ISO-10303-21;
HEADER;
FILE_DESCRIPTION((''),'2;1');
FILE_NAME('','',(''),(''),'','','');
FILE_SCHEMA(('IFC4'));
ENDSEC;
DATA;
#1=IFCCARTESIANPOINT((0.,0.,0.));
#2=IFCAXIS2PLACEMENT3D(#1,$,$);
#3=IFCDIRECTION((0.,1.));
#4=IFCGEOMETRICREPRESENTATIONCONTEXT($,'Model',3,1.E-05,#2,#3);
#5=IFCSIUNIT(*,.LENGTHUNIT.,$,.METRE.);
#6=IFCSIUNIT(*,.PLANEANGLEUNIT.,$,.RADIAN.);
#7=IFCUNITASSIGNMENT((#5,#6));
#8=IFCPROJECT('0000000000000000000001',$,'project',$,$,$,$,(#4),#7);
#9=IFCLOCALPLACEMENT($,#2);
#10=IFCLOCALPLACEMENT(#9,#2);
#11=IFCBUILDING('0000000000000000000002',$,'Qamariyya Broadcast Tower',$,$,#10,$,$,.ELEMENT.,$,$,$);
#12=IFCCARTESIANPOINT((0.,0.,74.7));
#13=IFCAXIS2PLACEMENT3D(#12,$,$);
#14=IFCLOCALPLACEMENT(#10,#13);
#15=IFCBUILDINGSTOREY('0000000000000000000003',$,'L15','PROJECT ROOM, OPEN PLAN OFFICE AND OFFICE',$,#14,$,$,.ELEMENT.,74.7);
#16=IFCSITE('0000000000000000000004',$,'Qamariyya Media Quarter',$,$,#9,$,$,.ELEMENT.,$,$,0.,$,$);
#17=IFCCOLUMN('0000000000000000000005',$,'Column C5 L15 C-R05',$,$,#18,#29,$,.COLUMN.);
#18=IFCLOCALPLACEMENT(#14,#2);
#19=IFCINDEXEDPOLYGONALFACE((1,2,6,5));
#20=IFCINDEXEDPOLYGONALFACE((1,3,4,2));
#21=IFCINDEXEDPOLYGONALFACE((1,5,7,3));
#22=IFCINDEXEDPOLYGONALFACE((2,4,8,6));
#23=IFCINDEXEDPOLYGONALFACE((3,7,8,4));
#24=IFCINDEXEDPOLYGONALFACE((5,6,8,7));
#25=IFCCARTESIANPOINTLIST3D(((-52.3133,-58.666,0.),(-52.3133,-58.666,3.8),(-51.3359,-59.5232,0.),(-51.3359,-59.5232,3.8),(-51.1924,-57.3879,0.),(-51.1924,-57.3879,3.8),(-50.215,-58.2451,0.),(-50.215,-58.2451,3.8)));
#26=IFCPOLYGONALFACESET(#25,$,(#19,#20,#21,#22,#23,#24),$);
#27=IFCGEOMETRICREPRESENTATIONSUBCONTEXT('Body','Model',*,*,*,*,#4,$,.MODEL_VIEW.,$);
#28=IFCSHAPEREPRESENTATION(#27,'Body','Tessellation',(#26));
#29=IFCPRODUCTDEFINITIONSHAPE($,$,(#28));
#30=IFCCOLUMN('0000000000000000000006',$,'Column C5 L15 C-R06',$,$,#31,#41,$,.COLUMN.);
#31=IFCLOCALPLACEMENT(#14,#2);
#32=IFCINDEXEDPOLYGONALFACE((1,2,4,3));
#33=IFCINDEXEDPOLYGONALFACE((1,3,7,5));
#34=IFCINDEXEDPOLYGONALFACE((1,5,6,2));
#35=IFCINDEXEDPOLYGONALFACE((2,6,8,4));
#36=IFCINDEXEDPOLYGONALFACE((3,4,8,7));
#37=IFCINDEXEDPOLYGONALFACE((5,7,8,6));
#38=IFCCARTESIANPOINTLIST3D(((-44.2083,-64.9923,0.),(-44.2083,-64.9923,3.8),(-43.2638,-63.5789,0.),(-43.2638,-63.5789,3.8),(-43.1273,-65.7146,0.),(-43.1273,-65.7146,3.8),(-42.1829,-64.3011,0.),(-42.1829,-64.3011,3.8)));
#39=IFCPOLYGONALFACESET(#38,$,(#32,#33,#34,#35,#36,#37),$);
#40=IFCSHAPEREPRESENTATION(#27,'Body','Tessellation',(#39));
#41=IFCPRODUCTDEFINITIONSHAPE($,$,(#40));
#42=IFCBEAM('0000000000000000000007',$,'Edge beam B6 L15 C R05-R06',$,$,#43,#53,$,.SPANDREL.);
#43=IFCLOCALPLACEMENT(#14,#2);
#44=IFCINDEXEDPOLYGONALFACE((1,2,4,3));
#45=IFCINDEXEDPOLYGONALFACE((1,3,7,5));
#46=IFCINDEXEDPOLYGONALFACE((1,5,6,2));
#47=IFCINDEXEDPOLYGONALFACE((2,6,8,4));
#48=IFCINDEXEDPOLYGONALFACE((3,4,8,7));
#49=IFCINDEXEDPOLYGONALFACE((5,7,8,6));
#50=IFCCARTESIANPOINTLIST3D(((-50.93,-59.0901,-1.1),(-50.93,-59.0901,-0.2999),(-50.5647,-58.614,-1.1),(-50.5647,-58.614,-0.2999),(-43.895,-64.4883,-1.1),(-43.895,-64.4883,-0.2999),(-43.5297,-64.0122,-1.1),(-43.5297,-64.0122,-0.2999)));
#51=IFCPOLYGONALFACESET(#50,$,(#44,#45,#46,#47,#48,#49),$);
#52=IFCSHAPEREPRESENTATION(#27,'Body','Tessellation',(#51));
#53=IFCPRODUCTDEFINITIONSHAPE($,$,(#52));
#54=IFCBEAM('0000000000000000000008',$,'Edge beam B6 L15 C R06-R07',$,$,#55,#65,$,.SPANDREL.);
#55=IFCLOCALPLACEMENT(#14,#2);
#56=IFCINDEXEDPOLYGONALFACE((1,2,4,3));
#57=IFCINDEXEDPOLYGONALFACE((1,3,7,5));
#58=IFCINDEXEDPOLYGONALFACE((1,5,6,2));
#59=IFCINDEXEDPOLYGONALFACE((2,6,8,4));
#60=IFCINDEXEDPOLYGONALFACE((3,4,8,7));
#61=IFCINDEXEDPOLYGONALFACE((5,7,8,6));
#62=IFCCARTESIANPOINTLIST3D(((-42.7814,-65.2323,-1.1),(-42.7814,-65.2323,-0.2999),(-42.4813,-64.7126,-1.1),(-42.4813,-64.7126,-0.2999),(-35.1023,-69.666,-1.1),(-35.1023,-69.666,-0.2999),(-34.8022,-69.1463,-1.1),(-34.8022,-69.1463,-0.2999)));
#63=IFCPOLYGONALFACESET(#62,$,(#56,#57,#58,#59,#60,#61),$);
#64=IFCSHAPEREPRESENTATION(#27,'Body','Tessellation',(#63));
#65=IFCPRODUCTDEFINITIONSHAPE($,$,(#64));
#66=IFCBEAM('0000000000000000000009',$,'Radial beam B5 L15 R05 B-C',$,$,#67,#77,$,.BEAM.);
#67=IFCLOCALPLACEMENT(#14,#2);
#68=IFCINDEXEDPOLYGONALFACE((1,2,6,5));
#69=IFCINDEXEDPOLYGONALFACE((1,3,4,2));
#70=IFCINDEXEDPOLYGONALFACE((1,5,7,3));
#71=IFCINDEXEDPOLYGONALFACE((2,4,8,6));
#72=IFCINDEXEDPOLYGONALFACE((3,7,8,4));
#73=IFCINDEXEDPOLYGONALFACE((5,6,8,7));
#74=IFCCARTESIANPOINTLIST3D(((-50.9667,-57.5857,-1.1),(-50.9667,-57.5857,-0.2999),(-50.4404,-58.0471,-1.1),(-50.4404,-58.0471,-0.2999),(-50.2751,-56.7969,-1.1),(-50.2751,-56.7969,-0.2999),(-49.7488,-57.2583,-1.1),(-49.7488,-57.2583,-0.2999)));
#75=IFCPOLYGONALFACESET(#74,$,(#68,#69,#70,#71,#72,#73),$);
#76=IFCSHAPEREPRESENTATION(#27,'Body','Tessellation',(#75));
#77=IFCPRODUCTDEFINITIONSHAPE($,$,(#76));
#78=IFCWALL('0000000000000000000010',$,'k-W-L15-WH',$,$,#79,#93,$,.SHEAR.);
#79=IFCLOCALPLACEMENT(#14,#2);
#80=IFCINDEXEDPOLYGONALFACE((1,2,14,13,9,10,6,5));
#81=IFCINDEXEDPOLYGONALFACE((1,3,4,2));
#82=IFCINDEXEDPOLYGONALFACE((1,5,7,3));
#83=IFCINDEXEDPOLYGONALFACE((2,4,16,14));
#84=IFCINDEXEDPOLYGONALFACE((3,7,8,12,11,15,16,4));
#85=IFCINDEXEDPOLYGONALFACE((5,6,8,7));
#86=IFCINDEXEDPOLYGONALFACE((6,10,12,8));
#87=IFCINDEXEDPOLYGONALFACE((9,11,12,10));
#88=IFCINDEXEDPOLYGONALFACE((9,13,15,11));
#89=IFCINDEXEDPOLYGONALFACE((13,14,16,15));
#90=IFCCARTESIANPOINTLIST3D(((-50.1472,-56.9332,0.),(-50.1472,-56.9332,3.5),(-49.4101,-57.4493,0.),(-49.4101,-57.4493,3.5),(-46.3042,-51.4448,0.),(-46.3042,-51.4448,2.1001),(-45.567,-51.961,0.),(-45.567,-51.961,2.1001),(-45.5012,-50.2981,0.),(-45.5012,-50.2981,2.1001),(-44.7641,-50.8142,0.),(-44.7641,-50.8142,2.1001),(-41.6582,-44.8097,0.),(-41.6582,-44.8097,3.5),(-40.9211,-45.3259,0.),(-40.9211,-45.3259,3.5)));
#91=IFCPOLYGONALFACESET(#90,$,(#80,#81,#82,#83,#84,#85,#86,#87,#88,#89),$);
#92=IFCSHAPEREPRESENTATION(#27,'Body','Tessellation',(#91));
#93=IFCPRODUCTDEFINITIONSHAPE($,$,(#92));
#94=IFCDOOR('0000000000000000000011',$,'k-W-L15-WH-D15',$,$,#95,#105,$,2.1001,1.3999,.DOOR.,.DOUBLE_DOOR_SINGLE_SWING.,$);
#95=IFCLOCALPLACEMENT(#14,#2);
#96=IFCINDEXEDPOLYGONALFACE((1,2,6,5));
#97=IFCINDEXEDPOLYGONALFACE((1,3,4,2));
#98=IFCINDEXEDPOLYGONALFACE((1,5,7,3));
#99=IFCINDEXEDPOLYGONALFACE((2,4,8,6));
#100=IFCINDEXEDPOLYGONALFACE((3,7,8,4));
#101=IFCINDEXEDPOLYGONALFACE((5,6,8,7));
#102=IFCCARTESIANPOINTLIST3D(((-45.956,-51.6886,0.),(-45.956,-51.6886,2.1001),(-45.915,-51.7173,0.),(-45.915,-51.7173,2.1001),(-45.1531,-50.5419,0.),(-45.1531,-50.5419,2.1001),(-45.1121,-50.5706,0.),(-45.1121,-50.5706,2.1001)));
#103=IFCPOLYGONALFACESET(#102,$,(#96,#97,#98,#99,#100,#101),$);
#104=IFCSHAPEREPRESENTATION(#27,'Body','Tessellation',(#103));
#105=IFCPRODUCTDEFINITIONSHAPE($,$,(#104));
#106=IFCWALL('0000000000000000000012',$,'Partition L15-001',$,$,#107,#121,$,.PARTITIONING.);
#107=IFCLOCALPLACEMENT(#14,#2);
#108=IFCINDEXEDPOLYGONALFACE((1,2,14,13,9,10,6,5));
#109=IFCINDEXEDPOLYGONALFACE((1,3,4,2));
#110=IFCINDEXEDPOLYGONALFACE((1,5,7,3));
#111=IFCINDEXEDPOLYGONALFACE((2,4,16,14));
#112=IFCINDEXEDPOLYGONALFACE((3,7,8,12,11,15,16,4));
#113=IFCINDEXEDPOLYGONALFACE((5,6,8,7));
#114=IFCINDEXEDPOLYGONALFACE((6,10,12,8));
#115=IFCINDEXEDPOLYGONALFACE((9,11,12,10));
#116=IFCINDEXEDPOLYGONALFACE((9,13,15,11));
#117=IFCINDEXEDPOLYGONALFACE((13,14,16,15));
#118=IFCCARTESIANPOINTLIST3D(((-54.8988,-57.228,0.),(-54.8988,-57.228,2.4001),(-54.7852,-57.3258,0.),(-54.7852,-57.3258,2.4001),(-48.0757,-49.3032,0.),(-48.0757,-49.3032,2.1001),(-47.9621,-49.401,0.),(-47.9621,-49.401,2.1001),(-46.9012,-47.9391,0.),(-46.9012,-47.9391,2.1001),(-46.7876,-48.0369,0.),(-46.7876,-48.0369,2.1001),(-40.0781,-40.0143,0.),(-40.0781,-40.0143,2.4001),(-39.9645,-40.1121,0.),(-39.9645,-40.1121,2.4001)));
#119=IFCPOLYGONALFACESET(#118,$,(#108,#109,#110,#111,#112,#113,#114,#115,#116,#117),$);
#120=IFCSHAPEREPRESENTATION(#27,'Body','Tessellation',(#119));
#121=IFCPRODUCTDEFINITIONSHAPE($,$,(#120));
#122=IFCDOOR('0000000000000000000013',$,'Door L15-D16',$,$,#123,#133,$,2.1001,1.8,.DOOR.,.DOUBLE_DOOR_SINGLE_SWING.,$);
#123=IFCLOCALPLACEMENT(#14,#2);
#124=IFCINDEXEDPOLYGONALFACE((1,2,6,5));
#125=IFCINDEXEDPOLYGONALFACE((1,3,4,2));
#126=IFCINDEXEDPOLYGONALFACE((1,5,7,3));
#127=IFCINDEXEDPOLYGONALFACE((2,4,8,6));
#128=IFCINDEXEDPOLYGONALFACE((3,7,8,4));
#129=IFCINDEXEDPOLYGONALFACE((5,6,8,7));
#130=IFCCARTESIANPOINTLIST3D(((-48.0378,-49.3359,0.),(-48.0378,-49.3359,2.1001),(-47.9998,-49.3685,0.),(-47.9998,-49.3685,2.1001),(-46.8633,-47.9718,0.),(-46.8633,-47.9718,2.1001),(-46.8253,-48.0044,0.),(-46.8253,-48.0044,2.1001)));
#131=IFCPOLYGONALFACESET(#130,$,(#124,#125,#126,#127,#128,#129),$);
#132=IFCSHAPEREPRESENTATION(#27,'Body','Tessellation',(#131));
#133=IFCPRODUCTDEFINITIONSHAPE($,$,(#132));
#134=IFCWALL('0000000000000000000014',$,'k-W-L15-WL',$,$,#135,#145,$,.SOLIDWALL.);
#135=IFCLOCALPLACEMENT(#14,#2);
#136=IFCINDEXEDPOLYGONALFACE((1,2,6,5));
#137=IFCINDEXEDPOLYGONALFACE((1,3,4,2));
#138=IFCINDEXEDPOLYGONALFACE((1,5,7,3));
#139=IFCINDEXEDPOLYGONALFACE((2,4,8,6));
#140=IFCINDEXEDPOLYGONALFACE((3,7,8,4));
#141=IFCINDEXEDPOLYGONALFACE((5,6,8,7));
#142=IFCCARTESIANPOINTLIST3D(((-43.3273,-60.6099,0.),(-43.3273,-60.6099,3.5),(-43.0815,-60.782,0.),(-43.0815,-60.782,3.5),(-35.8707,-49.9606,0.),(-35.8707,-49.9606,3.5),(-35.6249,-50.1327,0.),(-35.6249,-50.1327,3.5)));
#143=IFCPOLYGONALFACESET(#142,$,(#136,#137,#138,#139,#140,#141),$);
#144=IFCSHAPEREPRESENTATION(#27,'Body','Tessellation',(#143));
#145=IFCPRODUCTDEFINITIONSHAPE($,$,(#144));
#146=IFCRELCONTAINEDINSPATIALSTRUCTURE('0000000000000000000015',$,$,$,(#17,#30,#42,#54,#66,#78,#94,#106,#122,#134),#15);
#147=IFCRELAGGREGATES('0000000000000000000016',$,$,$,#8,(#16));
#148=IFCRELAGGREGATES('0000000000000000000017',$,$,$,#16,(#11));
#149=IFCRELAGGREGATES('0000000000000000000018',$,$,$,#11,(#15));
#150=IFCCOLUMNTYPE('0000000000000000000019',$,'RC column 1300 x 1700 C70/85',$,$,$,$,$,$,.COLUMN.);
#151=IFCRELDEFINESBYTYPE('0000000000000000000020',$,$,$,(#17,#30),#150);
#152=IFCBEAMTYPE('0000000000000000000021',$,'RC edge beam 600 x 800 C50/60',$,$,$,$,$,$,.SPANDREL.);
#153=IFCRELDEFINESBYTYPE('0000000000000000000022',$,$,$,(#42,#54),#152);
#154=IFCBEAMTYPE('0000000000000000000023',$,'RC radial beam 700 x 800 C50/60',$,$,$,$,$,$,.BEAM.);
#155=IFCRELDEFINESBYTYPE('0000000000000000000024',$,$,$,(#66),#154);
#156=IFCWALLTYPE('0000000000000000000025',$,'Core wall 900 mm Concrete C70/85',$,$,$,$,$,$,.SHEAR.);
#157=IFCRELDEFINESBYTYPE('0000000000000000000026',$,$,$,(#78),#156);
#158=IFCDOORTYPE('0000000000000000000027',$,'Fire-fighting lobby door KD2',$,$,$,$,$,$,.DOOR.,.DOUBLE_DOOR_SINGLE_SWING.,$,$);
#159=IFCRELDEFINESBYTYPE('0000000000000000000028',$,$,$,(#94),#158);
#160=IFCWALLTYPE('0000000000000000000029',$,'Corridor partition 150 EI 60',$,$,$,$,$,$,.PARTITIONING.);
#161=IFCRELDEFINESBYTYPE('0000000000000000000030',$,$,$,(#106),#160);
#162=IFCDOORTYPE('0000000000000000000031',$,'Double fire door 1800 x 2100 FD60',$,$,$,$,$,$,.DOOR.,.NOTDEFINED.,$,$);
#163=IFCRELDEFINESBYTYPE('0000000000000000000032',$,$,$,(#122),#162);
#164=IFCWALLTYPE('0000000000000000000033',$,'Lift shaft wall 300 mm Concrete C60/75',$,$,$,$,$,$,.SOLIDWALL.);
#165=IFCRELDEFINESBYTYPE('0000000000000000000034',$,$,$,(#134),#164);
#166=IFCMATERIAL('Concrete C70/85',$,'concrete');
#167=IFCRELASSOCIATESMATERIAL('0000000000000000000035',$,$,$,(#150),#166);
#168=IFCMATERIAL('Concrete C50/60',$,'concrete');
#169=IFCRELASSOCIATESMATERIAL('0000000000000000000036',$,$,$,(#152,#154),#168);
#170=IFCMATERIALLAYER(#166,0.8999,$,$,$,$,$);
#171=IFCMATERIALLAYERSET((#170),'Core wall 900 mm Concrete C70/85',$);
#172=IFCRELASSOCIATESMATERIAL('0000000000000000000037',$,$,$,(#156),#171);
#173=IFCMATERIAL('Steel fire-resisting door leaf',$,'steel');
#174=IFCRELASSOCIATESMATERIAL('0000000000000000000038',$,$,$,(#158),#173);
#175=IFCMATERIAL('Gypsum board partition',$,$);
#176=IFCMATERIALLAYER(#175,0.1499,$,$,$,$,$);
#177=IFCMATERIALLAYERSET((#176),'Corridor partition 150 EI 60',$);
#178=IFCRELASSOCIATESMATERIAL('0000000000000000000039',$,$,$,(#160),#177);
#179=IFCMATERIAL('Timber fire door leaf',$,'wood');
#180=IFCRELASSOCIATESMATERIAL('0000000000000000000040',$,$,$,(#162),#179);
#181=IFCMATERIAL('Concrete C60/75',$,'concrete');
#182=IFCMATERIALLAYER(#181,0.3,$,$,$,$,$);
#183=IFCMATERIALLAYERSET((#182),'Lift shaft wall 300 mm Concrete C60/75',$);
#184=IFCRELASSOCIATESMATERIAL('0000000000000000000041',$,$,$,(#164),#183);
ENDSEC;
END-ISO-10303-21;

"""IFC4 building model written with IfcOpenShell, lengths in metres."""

from ifc_helpers import new_model, si_unit, direction, frame, frame_2d, origin, origin_2d, place, context, subcontext, project, spatial, rectangle, extrude, material, layer, layer_set, material_profile, profile_set, type_object, element, fill, save


model = new_model("IFC4")

# Units and contexts
model_context = context("Model", 3, precision=1e-05, world=origin(), true_north=direction((0.0, 1.0)))
body_context = subcontext(model_context, "Body", "Model", "MODEL_VIEW")
ifc_project = project(units=[si_unit("LENGTHUNIT", "METRE"), si_unit("PLANEANGLEUNIT", "RADIAN")], contexts=[model_context])

# Site, building, storey
site_placement = place(None, origin())
site = spatial("IfcSite", under=ifc_project, at=site_placement, Name="Qamariyya Media Quarter", CompositionType="ELEMENT", RefElevation=0.0)
building_placement = place(site_placement, origin())
building = spatial("IfcBuilding", under=site, at=building_placement, Name="Qamariyya Broadcast Tower", CompositionType="ELEMENT")
storey_placement = place(building_placement, frame((0.0, 0.0, 74.7)))
storey = spatial("IfcBuildingStorey", under=building, at=storey_placement, Name="L15", Description="PROJECT ROOM, OPEN PLAN OFFICE AND OFFICE", CompositionType="ELEMENT", Elevation=74.7)

# Columns
ifc_material_1 = material(Name="Concrete C70/85", Category="concrete")
ifc_material_profile_1 = material_profile(ifc_material_1, rectangle(XDim=1.3, YDim=1.7, at=origin_2d()))
ifc_profile_set_1 = profile_set([ifc_material_profile_1], Name="Concrete C70/85")
column_type = type_object("IfcColumnType", Name="RC column 1300 x 1700 C70/85", PredefinedType="COLUMN", material=ifc_profile_set_1)
for number, where, z_axis, x_axis, name in (
    (1, (-51.2642, -58.4556, 0.0), (0.0, 0.0, 1.0), (0.75184, -0.659346, 0.0), "Column C5 L15 C-R05"),
    (2, (-43.1956, -64.6467, 0.0), (0.0, 0.0, 1.0), (0.83147, -0.55557, 0.0), "Column C5 L15 C-R06"),
):
    element("IfcColumn", number, at=place(storey_placement, frame(where, z_axis=z_axis, x_axis=x_axis)), inside=storey, type_object=column_type, Name=name, PredefinedType="COLUMN", context=body_context, shape_type="SweptSolid", body=[
        extrude(rectangle(XDim=1.3, YDim=1.7, at=origin_2d()), origin(), (0.0, 0.0, 1.0), 3.8),
    ])

# Beams
ifc_material_2 = material(Name="Concrete C50/60", Category="concrete")
ifc_material_profile_2 = material_profile(ifc_material_2, rectangle(XDim=0.6001, YDim=0.8, at=origin_2d()))
ifc_profile_set_2 = profile_set([ifc_material_profile_2], Name="Concrete C50/60")
beam_type_1 = type_object("IfcBeamType", Name="RC edge beam 600 x 800 C50/60", PredefinedType="SPANDREL", material=ifc_profile_set_2)
beam_1_placement = place(storey_placement, frame((-50.7473, -58.8521, -0.7), z_axis=(0.793347, -0.60877, 0.0), x_axis=(0.60877, 0.793347, 0.0)))
element("IfcBeam", 3, at=beam_1_placement, inside=storey, type_object=beam_type_1, Name="Edge beam B6 L15 C R05-R06", PredefinedType="SPANDREL", context=body_context, shape_type="SweptSolid", body=[
    extrude(rectangle(XDim=0.6001, YDim=0.8, at=origin_2d()), origin(), (0.0, 0.0, 1.0), 8.8674),
])
beam_2_placement = place(storey_placement, frame((-42.6313, -64.9724, -0.7), z_axis=(0.866013, -0.500021, 0.0), x_axis=(0.500021, 0.866013, 0.0)))
element("IfcBeam", 4, at=beam_2_placement, inside=storey, type_object=beam_type_1, Name="Edge beam B6 L15 C R06-R07", PredefinedType="SPANDREL", context=body_context, shape_type="SweptSolid", body=[
    extrude(rectangle(XDim=0.6001, YDim=0.8, at=origin_2d()), origin(), (0.0, 0.0, 1.0), 8.8672),
])
ifc_material_profile_3 = material_profile(ifc_material_2, rectangle(XDim=0.7, YDim=0.8, at=origin_2d()))
ifc_profile_set_3 = profile_set([ifc_material_profile_3], Name="Concrete C50/60")
beam_type_2 = type_object("IfcBeamType", Name="RC radial beam 700 x 800 C50/60", PredefinedType="BEAM", material=ifc_profile_set_3)
beam_3_placement = place(storey_placement, frame((-50.012, -57.0276, -0.7), z_axis=(-0.659279, -0.751899, 0.0), x_axis=(0.751899, -0.659279, 0.0)))
element("IfcBeam", 5, at=beam_3_placement, inside=storey, type_object=beam_type_2, Name="Radial beam B5 L15 R05 B-C", PredefinedType="BEAM", context=body_context, shape_type="SweptSolid", body=[
    extrude(rectangle(XDim=0.7, YDim=0.8, at=origin_2d()), origin(), (0.0, 0.0, 1.0), 1.0491),
])

# Walls, openings, doors
ifc_layer_1 = layer(ifc_material_1, 0.8999)
ifc_layer_set_1 = layer_set([ifc_layer_1], Name="Core wall 900 mm Concrete C70/85")
wall_type_1 = type_object("IfcWallType", Name="Core wall 900 mm Concrete C70/85", PredefinedType="SHEAR", material=ifc_layer_set_1)
wall_1_placement = place(storey_placement, frame((-49.7786, -57.1912, 0.0), z_axis=(0.0, 0.0, 1.0), x_axis=(0.573577, 0.819151, 0.0)))
wall_1 = element("IfcWall", 6, at=wall_1_placement, inside=storey, type_object=wall_type_1, Name="k-W-L15-WH", PredefinedType="SHEAR", context=body_context, shape_type="SweptSolid", body=[
    extrude(rectangle(XDim=14.8, YDim=0.8999, at=frame_2d((7.3999, 0.0))), origin(), (0.0, 0.0, 1.0), 3.5),
])
opening_1_placement = place(wall_1_placement, frame((6.7, 0.0, 0.0)))
opening_1 = element("IfcOpeningElement", 7, at=opening_1_placement, cuts=wall_1, PredefinedType="OPENING", context=body_context, shape_type="SweptSolid", body=[
    extrude(rectangle(XDim=1.3999, YDim=2.1001, at=frame_2d((0.7, 1.05))), frame((0.0, 0.46, 0.0), z_axis=(0.0, -1.0, 0.0), x_axis=(1.0, 0.0, 0.0)), (0.0, 0.0, 1.0), 0.9199),
])
ifc_material_3 = material(Name="Steel fire-resisting door leaf", Category="steel")
door_type_1 = type_object("IfcDoorType", Name="Fire-fighting lobby door KD2", OperationType="DOUBLE_DOOR_SINGLE_SWING", PredefinedType="DOOR", material=ifc_material_3)
door_1_placement = place(opening_1_placement, origin())
door_1 = element("IfcDoor", 8, at=door_1_placement, inside=storey, type_object=door_type_1, Name="k-W-L15-WH-D15", OperationType="DOUBLE_DOOR_SINGLE_SWING", OverallHeight=2.1001, OverallWidth=1.3999, PredefinedType="DOOR", context=body_context, shape_type="SweptSolid", body=[
    extrude(rectangle(XDim=1.3999, YDim=2.1001, at=frame_2d((0.7, 1.05))), frame((0.0, 0.0249, 0.0), z_axis=(0.0, -1.0, 0.0), x_axis=(1.0, 0.0, 0.0)), (0.0, 0.0, 1.0), 0.05),
])
fill(opening_1, door_1)
ifc_material_4 = material(Name="Gypsum board partition")
ifc_layer_2 = layer(ifc_material_4, 0.1499)
ifc_layer_set_2 = layer_set([ifc_layer_2], Name="Corridor partition 150 EI 60")
wall_type_2 = type_object("IfcWallType", Name="Corridor partition 150 EI 60", PredefinedType="PARTITIONING", material=ifc_layer_set_2)
wall_2_placement = place(storey_placement, frame((-54.842, -57.2769, 0.0), z_axis=(0.0, 0.0, 1.0), x_axis=(0.652472, 0.757813, 0.0)))
wall_2 = element("IfcWall", 9, at=wall_2_placement, inside=storey, type_object=wall_type_2, Name="Partition L15-001", PredefinedType="PARTITIONING", context=body_context, shape_type="SweptSolid", body=[
    extrude(rectangle(XDim=22.7148, YDim=0.1499, at=frame_2d((11.3574, 0.0))), origin(), (0.0, 0.0, 1.0), 2.4001),
])
opening_2_placement = place(wall_2_placement, frame((10.4575, 0.0, 0.0)))
opening_2 = element("IfcOpeningElement", 10, at=opening_2_placement, cuts=wall_2, PredefinedType="OPENING", context=body_context, shape_type="SweptSolid", body=[
    extrude(rectangle(XDim=1.8, YDim=2.1001, at=frame_2d((0.8999, 1.05))), frame((0.0, 0.085, 0.0), z_axis=(0.0, -1.0, 0.0), x_axis=(1.0, 0.0, 0.0)), (0.0, 0.0, 1.0), 0.1699),
])
ifc_material_5 = material(Name="Timber fire door leaf", Category="wood")
door_type_2 = type_object("IfcDoorType", Name="Double fire door 1800 x 2100 FD60", OperationType="NOTDEFINED", PredefinedType="DOOR", material=ifc_material_5)
door_2_placement = place(opening_2_placement, origin())
door_2 = element("IfcDoor", 11, at=door_2_placement, inside=storey, type_object=door_type_2, Name="Door L15-D16", OperationType="DOUBLE_DOOR_SINGLE_SWING", OverallHeight=2.1001, OverallWidth=1.8, PredefinedType="DOOR", context=body_context, shape_type="SweptSolid", body=[
    extrude(rectangle(XDim=1.8, YDim=2.1001, at=frame_2d((0.8999, 1.05))), frame((0.0, 0.0249, 0.0), z_axis=(0.0, -1.0, 0.0), x_axis=(1.0, 0.0, 0.0)), (0.0, 0.0, 1.0), 0.05),
])
fill(opening_2, door_2)

# Wall
ifc_material_6 = material(Name="Concrete C60/75", Category="concrete")
ifc_layer_3 = layer(ifc_material_6, 0.3)
ifc_layer_set_3 = layer_set([ifc_layer_3], Name="Lift shaft wall 300 mm Concrete C60/75")
wall_type_3 = type_object("IfcWallType", Name="Lift shaft wall 300 mm Concrete C60/75", PredefinedType="SOLIDWALL", material=ifc_layer_set_3)
wall_3_placement = place(storey_placement, frame((-43.2043, -60.6958, 0.0), z_axis=(0.0, 0.0, 1.0), x_axis=(0.573572, 0.819155, 0.0)))
element("IfcWall", 12, at=wall_3_placement, inside=storey, type_object=wall_type_3, Name="k-W-L15-WL", PredefinedType="SOLIDWALL", context=body_context, shape_type="SweptSolid", body=[
    extrude(rectangle(XDim=13.0002, YDim=0.3, at=frame_2d((6.5, 0.0))), origin(), (0.0, 0.0, 1.0), 3.5),
])

save(model, "model.ifc")
